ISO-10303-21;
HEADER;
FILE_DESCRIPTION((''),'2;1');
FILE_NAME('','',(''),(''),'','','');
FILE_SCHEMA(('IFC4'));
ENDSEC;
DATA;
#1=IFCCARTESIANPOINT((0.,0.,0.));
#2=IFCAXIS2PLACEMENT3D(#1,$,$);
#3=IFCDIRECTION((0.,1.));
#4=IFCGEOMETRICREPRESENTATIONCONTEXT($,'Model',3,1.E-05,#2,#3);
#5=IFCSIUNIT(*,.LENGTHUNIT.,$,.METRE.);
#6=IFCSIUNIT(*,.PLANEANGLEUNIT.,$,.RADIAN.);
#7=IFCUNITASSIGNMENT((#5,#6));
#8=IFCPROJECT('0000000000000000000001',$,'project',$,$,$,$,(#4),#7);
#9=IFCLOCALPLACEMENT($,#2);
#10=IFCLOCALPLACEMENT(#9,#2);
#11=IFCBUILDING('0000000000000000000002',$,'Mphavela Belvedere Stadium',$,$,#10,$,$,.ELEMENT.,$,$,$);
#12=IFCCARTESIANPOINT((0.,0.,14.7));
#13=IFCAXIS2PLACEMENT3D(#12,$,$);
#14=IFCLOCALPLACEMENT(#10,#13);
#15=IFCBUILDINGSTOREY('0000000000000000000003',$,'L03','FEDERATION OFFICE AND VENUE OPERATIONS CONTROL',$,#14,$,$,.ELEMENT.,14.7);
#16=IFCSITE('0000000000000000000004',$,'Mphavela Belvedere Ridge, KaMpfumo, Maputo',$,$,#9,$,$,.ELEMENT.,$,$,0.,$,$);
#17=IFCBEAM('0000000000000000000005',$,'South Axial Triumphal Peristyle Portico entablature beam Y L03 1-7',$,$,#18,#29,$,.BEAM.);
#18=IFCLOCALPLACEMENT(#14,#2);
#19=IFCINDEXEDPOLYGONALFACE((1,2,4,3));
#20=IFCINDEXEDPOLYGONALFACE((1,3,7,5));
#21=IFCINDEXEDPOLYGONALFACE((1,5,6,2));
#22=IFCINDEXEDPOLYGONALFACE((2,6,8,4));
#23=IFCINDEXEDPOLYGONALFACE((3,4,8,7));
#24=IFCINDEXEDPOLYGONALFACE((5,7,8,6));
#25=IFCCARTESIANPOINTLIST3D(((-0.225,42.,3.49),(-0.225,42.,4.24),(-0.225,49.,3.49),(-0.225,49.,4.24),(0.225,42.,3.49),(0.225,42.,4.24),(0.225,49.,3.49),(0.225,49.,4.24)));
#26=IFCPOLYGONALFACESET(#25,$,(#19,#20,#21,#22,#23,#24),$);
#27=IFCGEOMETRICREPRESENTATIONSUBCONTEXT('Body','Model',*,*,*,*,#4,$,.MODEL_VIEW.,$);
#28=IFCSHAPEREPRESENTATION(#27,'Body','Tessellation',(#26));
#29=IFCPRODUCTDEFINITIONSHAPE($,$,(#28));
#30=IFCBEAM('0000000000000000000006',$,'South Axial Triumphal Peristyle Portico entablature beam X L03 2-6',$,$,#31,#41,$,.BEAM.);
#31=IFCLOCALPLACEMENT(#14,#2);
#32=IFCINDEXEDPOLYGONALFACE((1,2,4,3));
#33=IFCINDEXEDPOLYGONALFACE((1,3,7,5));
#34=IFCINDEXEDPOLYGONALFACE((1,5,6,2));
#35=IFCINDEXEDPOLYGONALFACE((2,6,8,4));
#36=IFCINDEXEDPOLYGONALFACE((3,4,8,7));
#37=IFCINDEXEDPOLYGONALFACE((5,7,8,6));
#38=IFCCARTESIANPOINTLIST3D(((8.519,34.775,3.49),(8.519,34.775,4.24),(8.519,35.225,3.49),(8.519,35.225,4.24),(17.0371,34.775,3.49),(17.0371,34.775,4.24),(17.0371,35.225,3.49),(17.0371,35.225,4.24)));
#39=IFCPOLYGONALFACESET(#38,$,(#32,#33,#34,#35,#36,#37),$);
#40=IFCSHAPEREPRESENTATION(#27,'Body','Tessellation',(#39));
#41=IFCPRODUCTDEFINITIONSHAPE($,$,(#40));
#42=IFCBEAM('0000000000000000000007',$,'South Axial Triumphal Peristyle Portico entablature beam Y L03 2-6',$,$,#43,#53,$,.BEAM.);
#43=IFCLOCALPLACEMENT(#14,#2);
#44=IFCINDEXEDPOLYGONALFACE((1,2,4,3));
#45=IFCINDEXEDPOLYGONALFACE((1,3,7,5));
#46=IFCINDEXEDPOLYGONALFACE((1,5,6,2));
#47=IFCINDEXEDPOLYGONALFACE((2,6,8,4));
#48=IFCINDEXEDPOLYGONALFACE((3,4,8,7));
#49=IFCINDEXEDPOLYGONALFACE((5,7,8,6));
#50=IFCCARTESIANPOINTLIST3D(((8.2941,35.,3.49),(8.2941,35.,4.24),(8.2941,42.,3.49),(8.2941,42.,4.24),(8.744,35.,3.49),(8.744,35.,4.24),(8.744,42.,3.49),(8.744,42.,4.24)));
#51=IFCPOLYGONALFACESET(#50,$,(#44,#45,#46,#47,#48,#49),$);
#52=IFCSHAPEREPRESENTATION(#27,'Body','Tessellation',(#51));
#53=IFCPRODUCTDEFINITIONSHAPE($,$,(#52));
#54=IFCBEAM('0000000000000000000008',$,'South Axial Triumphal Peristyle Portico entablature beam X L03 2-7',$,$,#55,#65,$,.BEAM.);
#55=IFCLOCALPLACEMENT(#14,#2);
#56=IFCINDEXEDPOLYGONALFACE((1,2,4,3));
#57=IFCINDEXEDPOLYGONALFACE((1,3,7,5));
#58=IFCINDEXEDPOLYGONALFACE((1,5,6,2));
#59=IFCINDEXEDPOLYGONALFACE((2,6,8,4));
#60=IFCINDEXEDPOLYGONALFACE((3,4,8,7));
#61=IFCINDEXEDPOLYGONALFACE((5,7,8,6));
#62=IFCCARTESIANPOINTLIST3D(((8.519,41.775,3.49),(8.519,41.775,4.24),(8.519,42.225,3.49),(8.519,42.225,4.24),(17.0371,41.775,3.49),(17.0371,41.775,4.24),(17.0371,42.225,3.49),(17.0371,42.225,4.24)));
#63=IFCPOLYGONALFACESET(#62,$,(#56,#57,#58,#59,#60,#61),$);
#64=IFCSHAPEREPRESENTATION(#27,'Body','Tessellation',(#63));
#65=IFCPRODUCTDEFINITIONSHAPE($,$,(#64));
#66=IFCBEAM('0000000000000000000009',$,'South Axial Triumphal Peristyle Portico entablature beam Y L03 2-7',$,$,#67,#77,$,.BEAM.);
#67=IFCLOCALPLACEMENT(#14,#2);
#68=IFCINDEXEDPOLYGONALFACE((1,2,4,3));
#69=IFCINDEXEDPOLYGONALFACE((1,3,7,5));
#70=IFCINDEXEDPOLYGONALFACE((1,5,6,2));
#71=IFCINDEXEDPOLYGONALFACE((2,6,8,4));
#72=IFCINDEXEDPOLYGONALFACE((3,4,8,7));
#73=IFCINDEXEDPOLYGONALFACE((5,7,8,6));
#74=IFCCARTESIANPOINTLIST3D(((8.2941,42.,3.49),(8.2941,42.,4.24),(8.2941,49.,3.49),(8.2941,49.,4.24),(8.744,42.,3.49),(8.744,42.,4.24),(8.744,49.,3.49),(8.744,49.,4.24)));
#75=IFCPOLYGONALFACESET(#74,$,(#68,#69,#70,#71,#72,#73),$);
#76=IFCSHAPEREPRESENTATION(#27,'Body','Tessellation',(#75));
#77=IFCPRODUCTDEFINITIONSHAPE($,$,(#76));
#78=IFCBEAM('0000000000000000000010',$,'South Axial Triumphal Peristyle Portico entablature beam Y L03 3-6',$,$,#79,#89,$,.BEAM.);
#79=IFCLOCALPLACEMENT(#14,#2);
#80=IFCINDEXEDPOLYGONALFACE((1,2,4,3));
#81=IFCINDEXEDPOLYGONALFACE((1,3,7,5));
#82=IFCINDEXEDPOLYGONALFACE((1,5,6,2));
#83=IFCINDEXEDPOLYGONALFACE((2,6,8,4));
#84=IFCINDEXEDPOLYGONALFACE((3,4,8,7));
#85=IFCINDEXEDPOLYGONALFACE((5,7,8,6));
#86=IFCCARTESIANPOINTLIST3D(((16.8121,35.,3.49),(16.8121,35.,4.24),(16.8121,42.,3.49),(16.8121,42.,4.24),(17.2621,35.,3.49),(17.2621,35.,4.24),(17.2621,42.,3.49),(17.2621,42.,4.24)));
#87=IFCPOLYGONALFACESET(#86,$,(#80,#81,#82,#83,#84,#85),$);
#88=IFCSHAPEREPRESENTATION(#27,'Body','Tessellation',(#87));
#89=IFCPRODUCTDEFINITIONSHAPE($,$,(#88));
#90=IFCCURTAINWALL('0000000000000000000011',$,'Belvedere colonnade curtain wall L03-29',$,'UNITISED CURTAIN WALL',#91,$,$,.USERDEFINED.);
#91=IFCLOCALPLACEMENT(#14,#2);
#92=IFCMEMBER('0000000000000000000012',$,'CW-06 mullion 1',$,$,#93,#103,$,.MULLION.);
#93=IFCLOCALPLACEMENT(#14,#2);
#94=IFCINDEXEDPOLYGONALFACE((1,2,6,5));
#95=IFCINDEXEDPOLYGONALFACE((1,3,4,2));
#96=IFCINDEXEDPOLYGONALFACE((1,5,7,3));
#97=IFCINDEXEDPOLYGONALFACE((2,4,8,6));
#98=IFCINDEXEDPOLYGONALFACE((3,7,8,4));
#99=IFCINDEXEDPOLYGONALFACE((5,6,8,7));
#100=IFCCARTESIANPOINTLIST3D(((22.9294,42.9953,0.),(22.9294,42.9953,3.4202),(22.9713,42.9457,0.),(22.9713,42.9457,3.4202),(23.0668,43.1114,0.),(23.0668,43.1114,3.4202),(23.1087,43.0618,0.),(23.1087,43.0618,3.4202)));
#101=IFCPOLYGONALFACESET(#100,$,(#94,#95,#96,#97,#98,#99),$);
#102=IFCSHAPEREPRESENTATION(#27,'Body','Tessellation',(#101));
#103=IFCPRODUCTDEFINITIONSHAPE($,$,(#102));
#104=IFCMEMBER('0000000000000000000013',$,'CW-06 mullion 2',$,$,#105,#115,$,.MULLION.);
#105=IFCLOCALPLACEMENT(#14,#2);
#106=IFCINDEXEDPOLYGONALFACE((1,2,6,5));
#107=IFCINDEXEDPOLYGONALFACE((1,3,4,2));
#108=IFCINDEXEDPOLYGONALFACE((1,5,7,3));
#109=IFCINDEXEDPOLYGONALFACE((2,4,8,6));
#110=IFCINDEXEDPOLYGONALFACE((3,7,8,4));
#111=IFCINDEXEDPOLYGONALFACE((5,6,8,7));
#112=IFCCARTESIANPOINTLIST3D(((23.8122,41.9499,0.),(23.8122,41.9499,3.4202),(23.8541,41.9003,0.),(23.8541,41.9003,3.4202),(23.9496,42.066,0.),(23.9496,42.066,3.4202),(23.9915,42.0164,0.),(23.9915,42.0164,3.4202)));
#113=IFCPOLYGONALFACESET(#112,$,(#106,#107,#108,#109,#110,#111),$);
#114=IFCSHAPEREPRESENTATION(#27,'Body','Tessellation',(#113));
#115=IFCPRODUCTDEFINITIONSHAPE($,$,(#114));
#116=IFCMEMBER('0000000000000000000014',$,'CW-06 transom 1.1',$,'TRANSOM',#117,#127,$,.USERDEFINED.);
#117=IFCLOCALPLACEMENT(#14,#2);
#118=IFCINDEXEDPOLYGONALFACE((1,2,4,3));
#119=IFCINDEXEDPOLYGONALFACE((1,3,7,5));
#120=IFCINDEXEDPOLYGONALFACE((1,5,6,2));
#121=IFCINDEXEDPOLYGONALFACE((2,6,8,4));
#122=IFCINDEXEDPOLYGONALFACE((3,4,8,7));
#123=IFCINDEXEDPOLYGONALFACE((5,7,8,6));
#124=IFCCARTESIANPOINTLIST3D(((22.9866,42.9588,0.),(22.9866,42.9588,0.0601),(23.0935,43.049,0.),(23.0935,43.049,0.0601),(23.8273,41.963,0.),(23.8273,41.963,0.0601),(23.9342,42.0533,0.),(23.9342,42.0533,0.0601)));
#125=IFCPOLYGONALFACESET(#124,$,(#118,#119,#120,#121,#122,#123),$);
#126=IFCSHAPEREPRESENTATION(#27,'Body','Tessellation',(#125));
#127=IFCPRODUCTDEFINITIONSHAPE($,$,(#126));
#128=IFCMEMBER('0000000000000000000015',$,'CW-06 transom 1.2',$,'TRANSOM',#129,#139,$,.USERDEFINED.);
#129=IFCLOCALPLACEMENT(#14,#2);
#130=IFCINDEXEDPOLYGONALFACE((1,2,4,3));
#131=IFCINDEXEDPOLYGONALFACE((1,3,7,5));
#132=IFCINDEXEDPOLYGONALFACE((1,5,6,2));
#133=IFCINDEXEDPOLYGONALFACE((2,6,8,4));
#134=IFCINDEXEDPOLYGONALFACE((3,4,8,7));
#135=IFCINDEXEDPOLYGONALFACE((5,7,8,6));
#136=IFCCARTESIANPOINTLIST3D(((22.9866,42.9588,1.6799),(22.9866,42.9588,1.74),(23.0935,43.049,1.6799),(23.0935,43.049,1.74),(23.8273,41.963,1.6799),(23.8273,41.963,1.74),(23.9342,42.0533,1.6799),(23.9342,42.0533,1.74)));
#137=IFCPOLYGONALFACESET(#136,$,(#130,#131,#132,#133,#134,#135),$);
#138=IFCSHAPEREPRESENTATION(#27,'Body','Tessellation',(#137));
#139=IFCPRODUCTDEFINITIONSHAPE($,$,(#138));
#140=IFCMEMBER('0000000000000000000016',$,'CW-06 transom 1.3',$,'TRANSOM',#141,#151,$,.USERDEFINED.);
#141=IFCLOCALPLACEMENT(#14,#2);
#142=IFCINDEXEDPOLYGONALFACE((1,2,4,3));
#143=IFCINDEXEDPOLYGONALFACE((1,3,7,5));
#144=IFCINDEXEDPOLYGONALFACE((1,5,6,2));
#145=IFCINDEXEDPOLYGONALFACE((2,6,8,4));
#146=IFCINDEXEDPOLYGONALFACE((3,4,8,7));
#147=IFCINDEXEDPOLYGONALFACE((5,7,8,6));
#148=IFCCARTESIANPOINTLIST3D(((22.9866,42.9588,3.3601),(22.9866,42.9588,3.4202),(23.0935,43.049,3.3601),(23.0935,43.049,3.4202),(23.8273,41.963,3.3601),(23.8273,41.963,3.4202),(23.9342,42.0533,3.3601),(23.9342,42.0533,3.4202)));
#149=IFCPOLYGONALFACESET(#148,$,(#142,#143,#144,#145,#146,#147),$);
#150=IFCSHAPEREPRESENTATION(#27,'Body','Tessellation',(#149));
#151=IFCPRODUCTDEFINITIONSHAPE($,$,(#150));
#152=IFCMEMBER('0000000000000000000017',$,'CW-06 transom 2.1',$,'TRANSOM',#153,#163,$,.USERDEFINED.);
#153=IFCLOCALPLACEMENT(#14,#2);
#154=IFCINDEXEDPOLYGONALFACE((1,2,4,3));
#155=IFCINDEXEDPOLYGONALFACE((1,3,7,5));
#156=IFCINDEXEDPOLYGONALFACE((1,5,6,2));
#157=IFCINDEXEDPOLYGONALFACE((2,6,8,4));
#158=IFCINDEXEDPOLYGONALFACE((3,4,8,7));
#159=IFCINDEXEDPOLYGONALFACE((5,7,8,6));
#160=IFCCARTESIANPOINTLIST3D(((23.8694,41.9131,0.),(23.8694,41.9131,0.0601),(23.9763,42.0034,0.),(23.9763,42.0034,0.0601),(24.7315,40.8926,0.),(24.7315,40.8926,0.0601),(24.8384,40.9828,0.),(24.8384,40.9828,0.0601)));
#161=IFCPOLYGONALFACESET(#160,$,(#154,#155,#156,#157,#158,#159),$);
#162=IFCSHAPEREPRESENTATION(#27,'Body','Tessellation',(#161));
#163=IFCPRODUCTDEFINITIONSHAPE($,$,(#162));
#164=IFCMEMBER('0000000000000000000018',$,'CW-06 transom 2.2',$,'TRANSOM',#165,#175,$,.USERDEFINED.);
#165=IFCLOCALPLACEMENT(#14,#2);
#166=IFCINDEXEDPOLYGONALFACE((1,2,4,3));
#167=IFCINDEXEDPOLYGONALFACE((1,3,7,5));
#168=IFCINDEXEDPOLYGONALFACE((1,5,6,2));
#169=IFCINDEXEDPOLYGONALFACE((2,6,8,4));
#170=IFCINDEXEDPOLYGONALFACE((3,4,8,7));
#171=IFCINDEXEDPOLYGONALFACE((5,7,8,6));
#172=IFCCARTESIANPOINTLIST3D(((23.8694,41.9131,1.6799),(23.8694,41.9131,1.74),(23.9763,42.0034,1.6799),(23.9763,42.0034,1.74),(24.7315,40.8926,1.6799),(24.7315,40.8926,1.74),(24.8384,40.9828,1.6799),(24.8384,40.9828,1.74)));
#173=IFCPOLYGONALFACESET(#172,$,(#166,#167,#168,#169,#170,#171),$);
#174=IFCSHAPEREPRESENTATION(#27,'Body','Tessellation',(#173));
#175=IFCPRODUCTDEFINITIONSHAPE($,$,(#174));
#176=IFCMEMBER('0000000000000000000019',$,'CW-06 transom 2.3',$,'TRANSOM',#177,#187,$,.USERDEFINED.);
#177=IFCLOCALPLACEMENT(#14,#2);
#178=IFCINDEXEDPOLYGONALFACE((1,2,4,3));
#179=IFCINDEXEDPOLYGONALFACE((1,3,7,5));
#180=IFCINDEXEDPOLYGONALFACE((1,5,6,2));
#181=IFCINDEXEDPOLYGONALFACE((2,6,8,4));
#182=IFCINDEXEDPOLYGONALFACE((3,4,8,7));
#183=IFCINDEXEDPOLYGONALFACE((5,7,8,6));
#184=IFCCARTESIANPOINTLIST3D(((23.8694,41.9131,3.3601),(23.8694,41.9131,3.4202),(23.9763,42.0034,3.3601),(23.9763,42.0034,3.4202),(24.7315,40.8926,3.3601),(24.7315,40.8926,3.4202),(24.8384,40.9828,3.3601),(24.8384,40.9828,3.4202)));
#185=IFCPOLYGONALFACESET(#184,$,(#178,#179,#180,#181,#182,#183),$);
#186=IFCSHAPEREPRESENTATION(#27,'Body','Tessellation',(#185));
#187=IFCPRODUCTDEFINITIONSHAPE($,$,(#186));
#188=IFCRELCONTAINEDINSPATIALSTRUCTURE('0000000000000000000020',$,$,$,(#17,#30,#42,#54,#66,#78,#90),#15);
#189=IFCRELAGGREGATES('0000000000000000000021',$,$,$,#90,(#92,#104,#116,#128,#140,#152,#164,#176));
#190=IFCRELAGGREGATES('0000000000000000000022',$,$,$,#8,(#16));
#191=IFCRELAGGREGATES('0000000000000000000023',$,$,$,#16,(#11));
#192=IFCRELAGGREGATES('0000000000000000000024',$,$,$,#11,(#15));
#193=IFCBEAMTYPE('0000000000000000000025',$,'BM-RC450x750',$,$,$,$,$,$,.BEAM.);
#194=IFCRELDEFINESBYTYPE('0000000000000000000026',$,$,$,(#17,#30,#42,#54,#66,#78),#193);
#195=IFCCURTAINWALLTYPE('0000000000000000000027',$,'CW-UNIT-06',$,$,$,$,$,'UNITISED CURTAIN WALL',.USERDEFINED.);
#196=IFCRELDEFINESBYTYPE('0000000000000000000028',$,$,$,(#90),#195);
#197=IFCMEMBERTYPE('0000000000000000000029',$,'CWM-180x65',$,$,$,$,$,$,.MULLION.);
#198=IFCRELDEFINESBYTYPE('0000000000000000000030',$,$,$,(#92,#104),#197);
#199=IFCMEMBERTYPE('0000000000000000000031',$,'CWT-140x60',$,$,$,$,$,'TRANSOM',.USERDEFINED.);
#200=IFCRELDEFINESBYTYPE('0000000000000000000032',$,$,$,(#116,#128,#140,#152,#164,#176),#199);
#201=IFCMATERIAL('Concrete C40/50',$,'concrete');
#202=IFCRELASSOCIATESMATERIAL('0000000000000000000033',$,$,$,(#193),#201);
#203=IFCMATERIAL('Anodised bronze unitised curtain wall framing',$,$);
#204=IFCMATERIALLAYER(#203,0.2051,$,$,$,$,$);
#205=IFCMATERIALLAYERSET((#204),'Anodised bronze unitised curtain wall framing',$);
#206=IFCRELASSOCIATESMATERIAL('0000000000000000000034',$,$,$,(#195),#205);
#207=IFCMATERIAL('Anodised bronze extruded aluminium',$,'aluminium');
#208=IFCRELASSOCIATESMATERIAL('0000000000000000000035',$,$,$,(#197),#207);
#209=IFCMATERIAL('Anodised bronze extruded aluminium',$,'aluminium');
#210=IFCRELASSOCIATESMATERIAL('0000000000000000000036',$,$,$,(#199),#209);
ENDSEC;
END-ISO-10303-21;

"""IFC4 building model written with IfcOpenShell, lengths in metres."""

from ifc_helpers import new_model, si_unit, direction, frame, origin, origin_2d, place, context, subcontext, project, spatial, rectangle, extrude, material, layer, layer_set, material_profile, profile_set, type_object, element, aggregate, save


model = new_model("IFC4")

# Units and contexts
model_context = context("Model", 3, precision=1e-05, world=origin(), true_north=direction((0.0, 1.0)))
body_context = subcontext(model_context, "Body", "Model", "MODEL_VIEW")
ifc_project = project(units=[si_unit("LENGTHUNIT", "METRE"), si_unit("PLANEANGLEUNIT", "RADIAN")], contexts=[model_context])

# Site, building, storey
site_placement = place(None, origin())
site = spatial("IfcSite", under=ifc_project, at=site_placement, Name="Mphavela Belvedere Ridge, KaMpfumo, Maputo", CompositionType="ELEMENT", RefElevation=0.0)
building_placement = place(site_placement, origin())
building = spatial("IfcBuilding", under=site, at=building_placement, Name="Mphavela Belvedere Stadium", CompositionType="ELEMENT")
storey_placement = place(building_placement, frame((0.0, 0.0, 14.7)))
storey = spatial("IfcBuildingStorey", under=building, at=storey_placement, Name="L03", Description="FEDERATION OFFICE AND VENUE OPERATIONS CONTROL", CompositionType="ELEMENT", Elevation=14.7)

# Beams
ifc_material_1 = material(Name="Concrete C40/50", Category="concrete")
ifc_material_profile_1 = material_profile(ifc_material_1, rectangle(XDim=0.45, YDim=0.75, at=origin_2d()), Name="RC 450x750")
ifc_profile_set_1 = profile_set([ifc_material_profile_1], Name="Concrete C40/50")
beam_type_1 = type_object("IfcBeamType", Name="BM-RC450x750", PredefinedType="BEAM", material=ifc_profile_set_1)
beam_1_placement = place(storey_placement, frame((0.0, 42.0, 3.865), z_axis=(0.0, 1.0, 0.0), x_axis=(-1.0, 0.0, 0.0)))
element("IfcBeam", 1, at=beam_1_placement, inside=storey, type_object=beam_type_1, Name="South Axial Triumphal Peristyle Portico entablature beam Y L03 1-7", PredefinedType="BEAM", context=body_context, shape_type="SweptSolid", body=[
    extrude(rectangle(XDim=0.45, YDim=0.75, at=origin_2d()), origin(), (0.0, 0.0, 1.0), 7.0),
])
beam_2_placement = place(storey_placement, frame((8.519, 35.0, 3.865), z_axis=(1.0, 0.0, 0.0), x_axis=(0.0, 1.0, 0.0)))
element("IfcBeam", 2, at=beam_2_placement, inside=storey, type_object=beam_type_1, Name="South Axial Triumphal Peristyle Portico entablature beam X L03 2-6", PredefinedType="BEAM", context=body_context, shape_type="SweptSolid", body=[
    extrude(rectangle(XDim=0.45, YDim=0.75, at=origin_2d()), origin(), (0.0, 0.0, 1.0), 8.5181),
])
beam_3_placement = place(storey_placement, frame((8.519, 35.0, 3.865), z_axis=(0.0, 1.0, 0.0), x_axis=(-1.0, 0.0, 0.0)))
element("IfcBeam", 3, at=beam_3_placement, inside=storey, type_object=beam_type_1, Name="South Axial Triumphal Peristyle Portico entablature beam Y L03 2-6", PredefinedType="BEAM", context=body_context, shape_type="SweptSolid", body=[
    extrude(rectangle(XDim=0.45, YDim=0.75, at=origin_2d()), origin(), (0.0, 0.0, 1.0), 7.0),
])
beam_4_placement = place(storey_placement, frame((8.519, 42.0, 3.865), z_axis=(1.0, 0.0, 0.0), x_axis=(0.0, 1.0, 0.0)))
element("IfcBeam", 4, at=beam_4_placement, inside=storey, type_object=beam_type_1, Name="South Axial Triumphal Peristyle Portico entablature beam X L03 2-7", PredefinedType="BEAM", context=body_context, shape_type="SweptSolid", body=[
    extrude(rectangle(XDim=0.45, YDim=0.75, at=origin_2d()), origin(), (0.0, 0.0, 1.0), 8.5181),
])
for number, where, z_axis, x_axis, name in (
    (5, (8.519, 42.0, 3.865), (0.0, 1.0, 0.0), (-1.0, 0.0, 0.0), "South Axial Triumphal Peristyle Portico entablature beam Y L03 2-7"),
    (6, (17.0371, 35.0, 3.865), (0.0, 1.0, 0.0), (-1.0, 0.0, 0.0), "South Axial Triumphal Peristyle Portico entablature beam Y L03 3-6"),
):
    element("IfcBeam", number, at=place(storey_placement, frame(where, z_axis=z_axis, x_axis=x_axis)), inside=storey, type_object=beam_type_1, Name=name, PredefinedType="BEAM", context=body_context, shape_type="SweptSolid", body=[
        extrude(rectangle(XDim=0.45, YDim=0.75, at=origin_2d()), origin(), (0.0, 0.0, 1.0), 7.0),
    ])

# Curtain wall, members
ifc_material_2 = material(Name="Anodised bronze unitised curtain wall framing")
ifc_layer_1 = layer(ifc_material_2, 0.2051)
ifc_layer_set_1 = layer_set([ifc_layer_1], Name="Anodised bronze unitised curtain wall framing")
curtain_wall_type = type_object("IfcCurtainWallType", Name="CW-UNIT-06", ElementType="UNITISED CURTAIN WALL", PredefinedType="USERDEFINED", material=ifc_layer_set_1)
curtain_wall_placement = place(storey_placement, origin())
curtain_wall = element("IfcCurtainWall", 7, at=curtain_wall_placement, inside=storey, type_object=curtain_wall_type, Name="Belvedere colonnade curtain wall L03-29", ObjectType="UNITISED CURTAIN WALL", PredefinedType="USERDEFINED")
ifc_material_3 = material(Name="Anodised bronze extruded aluminium", Category="aluminium")
ifc_material_profile_2 = material_profile(ifc_material_3, rectangle(XDim=0.1799, YDim=0.0649, at=origin_2d()), Name="CW-MUL 180x65")
ifc_profile_set_2 = profile_set([ifc_material_profile_2], Name="Anodised bronze extruded aluminium")
member_type_1 = type_object("IfcMemberType", Name="CWM-180x65", PredefinedType="MULLION", material=ifc_profile_set_2)
member_1_placement = place(storey_placement, frame((23.019, 43.0286, 0.0), z_axis=(0.0, 0.0, 1.0), x_axis=(0.764031, 0.645179, 0.0)))
member_1 = element("IfcMember", 8, at=member_1_placement, type_object=member_type_1, Name="CW-06 mullion 1", PredefinedType="MULLION", context=body_context, shape_type="SweptSolid", body=[
    extrude(rectangle(XDim=0.1799, YDim=0.0649, at=origin_2d()), origin(), (0.0, 0.0, 1.0), 3.4202),
])
member_2_placement = place(storey_placement, frame((23.9019, 41.9832, 0.0), z_axis=(0.0, 0.0, 1.0), x_axis=(0.764031, 0.645179, 0.0)))
member_2 = element("IfcMember", 9, at=member_2_placement, type_object=member_type_1, Name="CW-06 mullion 2", PredefinedType="MULLION", context=body_context, shape_type="SweptSolid", body=[
    extrude(rectangle(XDim=0.1799, YDim=0.0649, at=origin_2d()), origin(), (0.0, 0.0, 1.0), 3.4202),
])
ifc_material_4 = material(Name="Anodised bronze extruded aluminium", Category="aluminium")
ifc_material_profile_3 = material_profile(ifc_material_4, rectangle(XDim=0.1399, YDim=0.0601, at=origin_2d()), Name="CW-TRN 140x60")
ifc_profile_set_3 = profile_set([ifc_material_profile_3], Name="Anodised bronze extruded aluminium")
member_type_2 = type_object("IfcMemberType", Name="CWT-140x60", ElementType="TRANSOM", PredefinedType="USERDEFINED", material=ifc_profile_set_3)
member_3_placement = place(storey_placement, frame((23.04, 43.0039, 0.03), z_axis=(0.645127, -0.764075, 0.0), x_axis=(0.764075, 0.645127, 0.0)))
member_3 = element("IfcMember", 10, at=member_3_placement, type_object=member_type_2, Name="CW-06 transom 1.1", ObjectType="TRANSOM", PredefinedType="USERDEFINED", context=body_context, shape_type="SweptSolid", body=[
    extrude(rectangle(XDim=0.1399, YDim=0.0601, at=origin_2d()), origin(), (0.0, 0.0, 1.0), 1.3032),
])
member_4_placement = place(storey_placement, frame((23.04, 43.0039, 1.71), z_axis=(0.645127, -0.764075, 0.0), x_axis=(0.764075, 0.645127, 0.0)))
member_4 = element("IfcMember", 11, at=member_4_placement, type_object=member_type_2, Name="CW-06 transom 1.2", ObjectType="TRANSOM", PredefinedType="USERDEFINED", context=body_context, shape_type="SweptSolid", body=[
    extrude(rectangle(XDim=0.1399, YDim=0.0601, at=origin_2d()), origin(), (0.0, 0.0, 1.0), 1.3032),
])
member_5_placement = place(storey_placement, frame((23.04, 43.0039, 3.3901), z_axis=(0.645127, -0.764075, 0.0), x_axis=(0.764075, 0.645127, 0.0)))
member_5 = element("IfcMember", 12, at=member_5_placement, type_object=member_type_2, Name="CW-06 transom 1.3", ObjectType="TRANSOM", PredefinedType="USERDEFINED", context=body_context, shape_type="SweptSolid", body=[
    extrude(rectangle(XDim=0.1399, YDim=0.0601, at=origin_2d()), origin(), (0.0, 0.0, 1.0), 1.3032),
])
member_6_placement = place(storey_placement, frame((23.9229, 41.9583, 0.03), z_axis=(0.645311, -0.76392, 0.0), x_axis=(0.76392, 0.645311, 0.0)))
member_6 = element("IfcMember", 13, at=member_6_placement, type_object=member_type_2, Name="CW-06 transom 2.1", ObjectType="TRANSOM", PredefinedType="USERDEFINED", context=body_context, shape_type="SweptSolid", body=[
    extrude(rectangle(XDim=0.1399, YDim=0.0601, at=origin_2d()), origin(), (0.0, 0.0, 1.0), 1.3359),
])
member_7_placement = place(storey_placement, frame((23.9229, 41.9583, 1.71), z_axis=(0.645311, -0.76392, 0.0), x_axis=(0.76392, 0.645311, 0.0)))
member_7 = element("IfcMember", 14, at=member_7_placement, type_object=member_type_2, Name="CW-06 transom 2.2", ObjectType="TRANSOM", PredefinedType="USERDEFINED", context=body_context, shape_type="SweptSolid", body=[
    extrude(rectangle(XDim=0.1399, YDim=0.0601, at=origin_2d()), origin(), (0.0, 0.0, 1.0), 1.3359),
])
member_8_placement = place(storey_placement, frame((23.9229, 41.9583, 3.3901), z_axis=(0.645311, -0.76392, 0.0), x_axis=(0.76392, 0.645311, 0.0)))
member_8 = element("IfcMember", 15, at=member_8_placement, type_object=member_type_2, Name="CW-06 transom 2.3", ObjectType="TRANSOM", PredefinedType="USERDEFINED", context=body_context, shape_type="SweptSolid", body=[
    extrude(rectangle(XDim=0.1399, YDim=0.0601, at=origin_2d()), origin(), (0.0, 0.0, 1.0), 1.3359),
])
aggregate(curtain_wall, [member_1, member_2, member_3, member_4, member_5, member_6, member_7, member_8])

save(model, "model.ifc")
